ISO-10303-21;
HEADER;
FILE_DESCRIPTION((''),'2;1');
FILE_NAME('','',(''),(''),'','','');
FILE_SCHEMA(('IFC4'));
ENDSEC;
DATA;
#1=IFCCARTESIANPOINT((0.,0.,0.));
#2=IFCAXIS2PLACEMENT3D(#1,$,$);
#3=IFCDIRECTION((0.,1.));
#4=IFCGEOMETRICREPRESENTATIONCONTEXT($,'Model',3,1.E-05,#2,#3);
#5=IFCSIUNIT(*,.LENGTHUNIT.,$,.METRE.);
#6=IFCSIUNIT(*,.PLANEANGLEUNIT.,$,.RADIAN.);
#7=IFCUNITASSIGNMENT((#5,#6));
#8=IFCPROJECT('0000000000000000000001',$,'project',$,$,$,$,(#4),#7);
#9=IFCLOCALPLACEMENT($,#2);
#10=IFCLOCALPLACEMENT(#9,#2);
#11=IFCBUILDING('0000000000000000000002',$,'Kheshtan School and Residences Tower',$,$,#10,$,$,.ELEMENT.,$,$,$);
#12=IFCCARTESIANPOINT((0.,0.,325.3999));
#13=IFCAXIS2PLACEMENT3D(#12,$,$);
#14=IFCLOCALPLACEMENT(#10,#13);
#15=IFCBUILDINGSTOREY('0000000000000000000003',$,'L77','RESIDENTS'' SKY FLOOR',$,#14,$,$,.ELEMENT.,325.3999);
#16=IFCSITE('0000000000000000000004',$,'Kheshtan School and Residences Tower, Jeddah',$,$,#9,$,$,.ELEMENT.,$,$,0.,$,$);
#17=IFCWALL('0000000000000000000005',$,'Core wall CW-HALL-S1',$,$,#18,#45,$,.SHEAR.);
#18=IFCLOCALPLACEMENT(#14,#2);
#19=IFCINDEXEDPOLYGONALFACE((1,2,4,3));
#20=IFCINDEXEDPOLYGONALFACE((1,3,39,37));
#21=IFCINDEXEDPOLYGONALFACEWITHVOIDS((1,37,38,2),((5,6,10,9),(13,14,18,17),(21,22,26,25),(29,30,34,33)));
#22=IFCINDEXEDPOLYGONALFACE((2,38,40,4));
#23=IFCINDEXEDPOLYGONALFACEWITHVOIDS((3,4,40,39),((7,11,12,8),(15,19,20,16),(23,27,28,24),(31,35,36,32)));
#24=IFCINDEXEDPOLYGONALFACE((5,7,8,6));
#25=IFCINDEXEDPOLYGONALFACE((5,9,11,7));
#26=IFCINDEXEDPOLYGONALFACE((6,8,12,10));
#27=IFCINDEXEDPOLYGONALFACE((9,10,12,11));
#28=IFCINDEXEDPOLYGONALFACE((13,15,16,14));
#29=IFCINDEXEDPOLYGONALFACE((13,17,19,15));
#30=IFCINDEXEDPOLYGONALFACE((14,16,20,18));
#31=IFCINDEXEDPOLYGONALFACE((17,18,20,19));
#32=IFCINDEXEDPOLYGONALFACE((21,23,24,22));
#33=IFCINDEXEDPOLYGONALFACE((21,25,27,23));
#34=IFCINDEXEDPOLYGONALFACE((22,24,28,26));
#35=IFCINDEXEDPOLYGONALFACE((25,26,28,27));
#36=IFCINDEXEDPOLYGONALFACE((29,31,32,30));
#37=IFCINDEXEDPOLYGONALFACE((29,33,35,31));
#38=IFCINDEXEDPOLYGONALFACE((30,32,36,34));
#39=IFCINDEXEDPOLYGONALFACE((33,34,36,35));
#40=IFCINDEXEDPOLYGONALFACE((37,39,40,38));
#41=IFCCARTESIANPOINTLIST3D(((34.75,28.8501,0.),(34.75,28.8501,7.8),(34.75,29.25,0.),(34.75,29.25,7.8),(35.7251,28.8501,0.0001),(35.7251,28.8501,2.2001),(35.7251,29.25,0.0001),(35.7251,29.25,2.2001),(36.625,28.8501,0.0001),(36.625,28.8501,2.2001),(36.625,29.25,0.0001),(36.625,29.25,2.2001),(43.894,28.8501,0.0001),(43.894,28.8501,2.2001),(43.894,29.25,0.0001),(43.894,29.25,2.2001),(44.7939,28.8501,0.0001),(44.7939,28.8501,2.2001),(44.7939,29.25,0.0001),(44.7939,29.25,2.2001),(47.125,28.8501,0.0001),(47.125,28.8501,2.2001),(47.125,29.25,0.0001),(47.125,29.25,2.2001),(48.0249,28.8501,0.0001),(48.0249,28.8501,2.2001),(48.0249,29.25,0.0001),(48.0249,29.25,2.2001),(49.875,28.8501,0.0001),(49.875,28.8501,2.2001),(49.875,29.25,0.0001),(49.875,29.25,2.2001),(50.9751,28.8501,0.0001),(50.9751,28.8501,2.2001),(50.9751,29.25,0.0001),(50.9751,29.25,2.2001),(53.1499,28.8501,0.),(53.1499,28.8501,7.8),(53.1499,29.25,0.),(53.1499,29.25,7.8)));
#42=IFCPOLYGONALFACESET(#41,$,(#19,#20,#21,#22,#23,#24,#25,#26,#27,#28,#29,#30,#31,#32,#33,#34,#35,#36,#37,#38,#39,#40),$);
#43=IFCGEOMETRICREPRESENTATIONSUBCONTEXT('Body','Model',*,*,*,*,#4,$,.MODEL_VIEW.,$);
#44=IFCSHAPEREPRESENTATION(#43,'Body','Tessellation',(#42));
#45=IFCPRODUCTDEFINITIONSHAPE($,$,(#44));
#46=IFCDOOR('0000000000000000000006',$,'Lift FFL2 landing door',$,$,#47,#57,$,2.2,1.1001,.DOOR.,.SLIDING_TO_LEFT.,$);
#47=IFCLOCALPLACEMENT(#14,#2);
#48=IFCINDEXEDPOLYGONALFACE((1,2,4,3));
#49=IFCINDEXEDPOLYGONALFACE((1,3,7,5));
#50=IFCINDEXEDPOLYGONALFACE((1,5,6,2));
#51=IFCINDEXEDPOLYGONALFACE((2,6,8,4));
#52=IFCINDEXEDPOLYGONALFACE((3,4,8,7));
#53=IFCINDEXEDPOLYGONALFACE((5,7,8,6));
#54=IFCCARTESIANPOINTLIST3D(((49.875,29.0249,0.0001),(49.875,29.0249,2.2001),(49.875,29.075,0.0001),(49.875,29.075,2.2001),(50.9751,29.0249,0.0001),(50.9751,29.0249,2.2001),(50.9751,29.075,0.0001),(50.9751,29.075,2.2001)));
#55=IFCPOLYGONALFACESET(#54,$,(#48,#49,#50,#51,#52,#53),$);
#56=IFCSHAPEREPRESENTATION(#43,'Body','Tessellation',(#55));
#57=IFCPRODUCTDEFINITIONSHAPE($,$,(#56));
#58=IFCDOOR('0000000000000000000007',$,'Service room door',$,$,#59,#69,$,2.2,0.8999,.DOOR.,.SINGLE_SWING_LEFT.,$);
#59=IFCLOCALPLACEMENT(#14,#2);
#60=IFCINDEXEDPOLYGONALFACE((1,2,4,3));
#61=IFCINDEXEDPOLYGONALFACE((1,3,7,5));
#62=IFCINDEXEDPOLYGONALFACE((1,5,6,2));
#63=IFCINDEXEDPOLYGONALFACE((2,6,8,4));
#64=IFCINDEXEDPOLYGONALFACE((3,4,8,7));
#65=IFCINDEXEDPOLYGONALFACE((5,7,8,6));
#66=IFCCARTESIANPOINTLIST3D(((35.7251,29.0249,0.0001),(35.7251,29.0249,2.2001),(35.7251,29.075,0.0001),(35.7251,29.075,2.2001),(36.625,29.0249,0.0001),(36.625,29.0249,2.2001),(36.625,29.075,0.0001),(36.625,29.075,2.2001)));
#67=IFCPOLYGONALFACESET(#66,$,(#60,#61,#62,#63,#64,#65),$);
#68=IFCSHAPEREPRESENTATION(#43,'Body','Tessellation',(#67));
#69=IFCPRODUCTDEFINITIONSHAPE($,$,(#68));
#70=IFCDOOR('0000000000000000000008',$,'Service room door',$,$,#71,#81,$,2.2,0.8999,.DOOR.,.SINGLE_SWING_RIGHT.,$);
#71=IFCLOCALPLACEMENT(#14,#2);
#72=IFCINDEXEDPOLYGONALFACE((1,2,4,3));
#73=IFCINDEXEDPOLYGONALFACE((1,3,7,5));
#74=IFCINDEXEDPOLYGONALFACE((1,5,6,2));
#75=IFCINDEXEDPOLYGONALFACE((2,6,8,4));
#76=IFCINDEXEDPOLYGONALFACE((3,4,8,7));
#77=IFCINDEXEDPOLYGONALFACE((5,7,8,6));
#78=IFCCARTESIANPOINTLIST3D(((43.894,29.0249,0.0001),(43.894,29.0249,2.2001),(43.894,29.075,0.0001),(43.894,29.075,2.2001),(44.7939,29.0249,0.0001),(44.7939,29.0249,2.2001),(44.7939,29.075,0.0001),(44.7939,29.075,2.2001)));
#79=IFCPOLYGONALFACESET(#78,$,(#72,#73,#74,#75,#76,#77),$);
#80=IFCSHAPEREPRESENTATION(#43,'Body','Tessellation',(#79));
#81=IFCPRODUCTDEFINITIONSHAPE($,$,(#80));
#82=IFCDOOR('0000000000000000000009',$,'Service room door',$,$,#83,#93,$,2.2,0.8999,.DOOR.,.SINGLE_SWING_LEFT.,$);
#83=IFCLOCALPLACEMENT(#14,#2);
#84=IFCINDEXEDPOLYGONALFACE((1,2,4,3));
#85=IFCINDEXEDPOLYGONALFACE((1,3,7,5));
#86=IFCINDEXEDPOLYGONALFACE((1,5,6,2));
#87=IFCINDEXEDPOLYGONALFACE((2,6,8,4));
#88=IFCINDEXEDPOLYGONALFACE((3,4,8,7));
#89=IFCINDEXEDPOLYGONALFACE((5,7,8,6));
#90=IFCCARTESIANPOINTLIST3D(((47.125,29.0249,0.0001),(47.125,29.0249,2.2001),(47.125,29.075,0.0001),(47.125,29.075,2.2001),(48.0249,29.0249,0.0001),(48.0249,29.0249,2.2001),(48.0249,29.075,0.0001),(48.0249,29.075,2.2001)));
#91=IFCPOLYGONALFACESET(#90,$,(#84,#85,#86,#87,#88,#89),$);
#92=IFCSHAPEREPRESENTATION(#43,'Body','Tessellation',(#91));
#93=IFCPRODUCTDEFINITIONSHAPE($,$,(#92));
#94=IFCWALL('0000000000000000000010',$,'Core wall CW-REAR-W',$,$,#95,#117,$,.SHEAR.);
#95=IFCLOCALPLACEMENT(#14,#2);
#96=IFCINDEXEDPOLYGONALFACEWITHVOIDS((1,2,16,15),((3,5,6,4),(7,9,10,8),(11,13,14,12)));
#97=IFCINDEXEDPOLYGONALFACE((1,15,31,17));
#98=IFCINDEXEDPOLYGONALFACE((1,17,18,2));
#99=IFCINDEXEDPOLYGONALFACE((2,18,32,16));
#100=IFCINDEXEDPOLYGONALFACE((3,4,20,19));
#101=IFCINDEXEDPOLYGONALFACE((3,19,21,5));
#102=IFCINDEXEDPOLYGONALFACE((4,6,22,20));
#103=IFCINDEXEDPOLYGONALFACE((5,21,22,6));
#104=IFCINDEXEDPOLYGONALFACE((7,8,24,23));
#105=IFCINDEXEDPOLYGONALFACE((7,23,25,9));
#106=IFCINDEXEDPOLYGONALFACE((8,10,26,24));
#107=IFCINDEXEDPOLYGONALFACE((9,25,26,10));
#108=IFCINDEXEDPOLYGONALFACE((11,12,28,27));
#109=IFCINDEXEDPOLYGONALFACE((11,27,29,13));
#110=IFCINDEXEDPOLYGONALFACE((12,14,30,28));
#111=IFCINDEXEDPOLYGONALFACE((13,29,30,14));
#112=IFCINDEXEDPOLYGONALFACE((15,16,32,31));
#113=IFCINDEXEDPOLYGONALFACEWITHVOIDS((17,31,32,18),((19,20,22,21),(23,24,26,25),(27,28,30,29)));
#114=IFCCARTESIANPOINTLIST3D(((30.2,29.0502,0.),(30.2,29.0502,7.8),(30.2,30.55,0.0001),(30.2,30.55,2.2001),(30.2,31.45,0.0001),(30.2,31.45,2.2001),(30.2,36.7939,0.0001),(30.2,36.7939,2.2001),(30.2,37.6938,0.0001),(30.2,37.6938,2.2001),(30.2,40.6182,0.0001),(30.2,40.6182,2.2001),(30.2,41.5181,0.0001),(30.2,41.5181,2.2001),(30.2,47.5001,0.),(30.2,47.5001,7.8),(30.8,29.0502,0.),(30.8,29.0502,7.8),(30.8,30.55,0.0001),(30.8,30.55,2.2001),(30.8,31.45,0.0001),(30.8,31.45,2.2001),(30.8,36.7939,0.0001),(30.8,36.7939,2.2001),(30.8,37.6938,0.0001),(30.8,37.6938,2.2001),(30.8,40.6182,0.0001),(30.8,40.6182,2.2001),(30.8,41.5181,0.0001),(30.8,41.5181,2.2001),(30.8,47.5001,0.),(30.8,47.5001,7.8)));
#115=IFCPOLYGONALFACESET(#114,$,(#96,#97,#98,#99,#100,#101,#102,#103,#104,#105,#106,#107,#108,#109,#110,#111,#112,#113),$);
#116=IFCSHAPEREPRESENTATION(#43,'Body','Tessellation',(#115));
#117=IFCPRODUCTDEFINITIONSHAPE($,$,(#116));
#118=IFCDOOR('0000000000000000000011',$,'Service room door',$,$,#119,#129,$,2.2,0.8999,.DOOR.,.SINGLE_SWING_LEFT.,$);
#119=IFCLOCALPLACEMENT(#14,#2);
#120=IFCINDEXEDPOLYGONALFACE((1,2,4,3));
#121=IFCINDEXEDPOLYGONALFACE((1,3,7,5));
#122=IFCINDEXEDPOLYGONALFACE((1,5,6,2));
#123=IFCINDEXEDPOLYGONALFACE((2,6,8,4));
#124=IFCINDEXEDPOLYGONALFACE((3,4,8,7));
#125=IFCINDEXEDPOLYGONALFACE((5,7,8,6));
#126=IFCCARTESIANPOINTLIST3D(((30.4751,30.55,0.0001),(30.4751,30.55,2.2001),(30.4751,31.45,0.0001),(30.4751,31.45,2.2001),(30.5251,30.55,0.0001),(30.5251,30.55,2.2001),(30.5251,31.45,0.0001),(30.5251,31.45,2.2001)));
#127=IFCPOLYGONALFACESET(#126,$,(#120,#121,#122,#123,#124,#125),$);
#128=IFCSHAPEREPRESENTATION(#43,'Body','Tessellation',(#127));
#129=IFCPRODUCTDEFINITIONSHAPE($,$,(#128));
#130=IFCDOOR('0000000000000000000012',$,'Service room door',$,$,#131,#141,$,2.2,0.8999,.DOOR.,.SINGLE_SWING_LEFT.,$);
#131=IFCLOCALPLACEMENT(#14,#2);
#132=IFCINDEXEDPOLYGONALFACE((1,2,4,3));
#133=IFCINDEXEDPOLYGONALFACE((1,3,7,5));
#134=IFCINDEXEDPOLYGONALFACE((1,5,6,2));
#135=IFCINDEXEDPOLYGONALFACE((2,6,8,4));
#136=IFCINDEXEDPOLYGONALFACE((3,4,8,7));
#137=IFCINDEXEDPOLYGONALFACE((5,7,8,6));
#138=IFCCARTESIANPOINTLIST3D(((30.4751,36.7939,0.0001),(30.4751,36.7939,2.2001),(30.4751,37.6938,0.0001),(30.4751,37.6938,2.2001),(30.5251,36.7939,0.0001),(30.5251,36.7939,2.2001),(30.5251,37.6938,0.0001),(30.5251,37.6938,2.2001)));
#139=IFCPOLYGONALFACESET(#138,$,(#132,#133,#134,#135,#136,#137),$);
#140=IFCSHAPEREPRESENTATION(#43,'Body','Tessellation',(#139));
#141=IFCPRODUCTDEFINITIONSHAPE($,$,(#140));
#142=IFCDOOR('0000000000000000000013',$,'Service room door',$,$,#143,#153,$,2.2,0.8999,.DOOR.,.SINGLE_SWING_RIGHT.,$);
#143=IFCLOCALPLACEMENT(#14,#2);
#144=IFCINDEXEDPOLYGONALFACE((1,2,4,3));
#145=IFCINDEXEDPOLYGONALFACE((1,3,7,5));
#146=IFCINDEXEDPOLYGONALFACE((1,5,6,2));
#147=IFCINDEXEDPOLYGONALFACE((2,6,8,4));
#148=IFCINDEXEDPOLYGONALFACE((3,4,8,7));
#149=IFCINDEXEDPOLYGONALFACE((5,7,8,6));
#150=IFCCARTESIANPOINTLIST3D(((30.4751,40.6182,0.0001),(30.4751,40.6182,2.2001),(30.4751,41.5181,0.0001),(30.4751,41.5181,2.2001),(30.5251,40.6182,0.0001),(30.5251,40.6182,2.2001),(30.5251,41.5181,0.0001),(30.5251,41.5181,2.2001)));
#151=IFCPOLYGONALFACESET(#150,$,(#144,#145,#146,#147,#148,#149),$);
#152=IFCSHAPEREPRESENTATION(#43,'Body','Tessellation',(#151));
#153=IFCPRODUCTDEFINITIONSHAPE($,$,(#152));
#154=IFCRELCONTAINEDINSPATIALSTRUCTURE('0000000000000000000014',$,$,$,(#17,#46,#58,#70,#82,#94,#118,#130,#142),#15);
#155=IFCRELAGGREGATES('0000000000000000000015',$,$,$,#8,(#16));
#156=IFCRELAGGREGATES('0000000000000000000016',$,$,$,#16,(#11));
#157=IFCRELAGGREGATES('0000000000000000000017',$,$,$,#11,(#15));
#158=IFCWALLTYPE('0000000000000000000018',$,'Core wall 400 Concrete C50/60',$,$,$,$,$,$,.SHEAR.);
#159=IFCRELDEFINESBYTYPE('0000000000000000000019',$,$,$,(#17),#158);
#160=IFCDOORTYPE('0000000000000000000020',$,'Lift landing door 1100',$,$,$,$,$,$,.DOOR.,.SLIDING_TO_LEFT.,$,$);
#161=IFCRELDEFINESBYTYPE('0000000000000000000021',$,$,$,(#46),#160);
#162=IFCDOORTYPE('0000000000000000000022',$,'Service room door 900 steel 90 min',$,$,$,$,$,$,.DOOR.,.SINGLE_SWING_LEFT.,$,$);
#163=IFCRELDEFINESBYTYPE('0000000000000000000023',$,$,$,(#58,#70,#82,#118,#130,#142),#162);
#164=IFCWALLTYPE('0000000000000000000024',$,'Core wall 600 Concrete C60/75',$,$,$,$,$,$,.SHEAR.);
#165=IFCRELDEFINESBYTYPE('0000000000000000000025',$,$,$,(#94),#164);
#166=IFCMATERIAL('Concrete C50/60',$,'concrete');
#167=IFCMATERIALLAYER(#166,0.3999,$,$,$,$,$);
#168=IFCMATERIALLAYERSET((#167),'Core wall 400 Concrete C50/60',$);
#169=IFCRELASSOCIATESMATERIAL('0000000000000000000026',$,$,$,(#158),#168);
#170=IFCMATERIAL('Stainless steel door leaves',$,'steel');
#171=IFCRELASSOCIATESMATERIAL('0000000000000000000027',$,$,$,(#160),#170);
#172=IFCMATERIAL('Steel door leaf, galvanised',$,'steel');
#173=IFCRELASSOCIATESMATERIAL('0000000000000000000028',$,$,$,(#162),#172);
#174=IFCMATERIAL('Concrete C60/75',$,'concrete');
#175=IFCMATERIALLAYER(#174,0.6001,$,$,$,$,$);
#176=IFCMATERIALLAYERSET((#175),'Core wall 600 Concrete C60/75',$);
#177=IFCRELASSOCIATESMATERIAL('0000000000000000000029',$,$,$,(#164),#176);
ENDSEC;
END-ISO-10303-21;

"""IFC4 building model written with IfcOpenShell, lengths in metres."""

from ifc_helpers import new_model, si_unit, direction, frame, frame_2d, origin, place, context, subcontext, project, spatial, rectangle, extrude, source, transform, mapped, material, layer, layer_set, type_object, element, fill, save


model = new_model("IFC4")

# Units and contexts
model_context = context("Model", 3, precision=1e-05, world=origin(), true_north=direction((0.0, 1.0)))
body_context = subcontext(model_context, "Body", "Model", "MODEL_VIEW")
ifc_project = project(units=[si_unit("LENGTHUNIT", "METRE"), si_unit("PLANEANGLEUNIT", "RADIAN")], contexts=[model_context])

# Site, building, storey
site_placement = place(None, origin())
site = spatial("IfcSite", under=ifc_project, at=site_placement, Name="Kheshtan School and Residences Tower, Jeddah", CompositionType="ELEMENT", RefElevation=0.0)
building_placement = place(site_placement, origin())
building = spatial("IfcBuilding", under=site, at=building_placement, Name="Kheshtan School and Residences Tower", CompositionType="ELEMENT")
storey_placement = place(building_placement, frame((0.0, 0.0, 325.3999)))
storey = spatial("IfcBuildingStorey", under=building, at=storey_placement, Name="L77", Description="RESIDENTS' SKY FLOOR", CompositionType="ELEMENT", Elevation=325.3999)

# Walls, openings, doors
ifc_material_1 = material(Name="Concrete C50/60", Category="concrete")
ifc_layer_1 = layer(ifc_material_1, 0.3999)
ifc_layer_set_1 = layer_set([ifc_layer_1], Name="Core wall 400 Concrete C50/60")
wall_type_1 = type_object("IfcWallType", Name="Core wall 400 Concrete C50/60", PredefinedType="SHEAR", material=ifc_layer_set_1)
wall_1_placement = place(storey_placement, frame((34.75, 29.05, 0.0), z_axis=(0.0, 0.0, 1.0), x_axis=(1.0, 0.0, 0.0)))
wall_1 = element("IfcWall", 1, at=wall_1_placement, inside=storey, type_object=wall_type_1, Name="Core wall CW-HALL-S1", PredefinedType="SHEAR", context=body_context, shape_type="SweptSolid", body=[
    extrude(rectangle(XDim=18.3999, YDim=0.3999, at=frame_2d((9.2, 0.0))), origin(), (0.0, 0.0, 1.0), 7.8),
])
opening_1_placement = place(wall_1_placement, frame((15.125, 0.0, 0.0)))
opening_1 = element("IfcOpeningElement", 2, at=opening_1_placement, cuts=wall_1, PredefinedType="OPENING", context=body_context, shape_type="SweptSolid", body=[
    extrude(rectangle(XDim=1.1001, YDim=2.2, at=frame_2d((0.55, 1.1001))), frame((0.0, 0.21, 0.0), z_axis=(0.0, -1.0, 0.0), x_axis=(1.0, 0.0, 0.0)), (0.0, 0.0, 1.0), 0.4199),
])
opening_2_placement = place(wall_1_placement, frame((0.9751, 0.0, 0.0)))
opening_2 = element("IfcOpeningElement", 3, at=opening_2_placement, cuts=wall_1, PredefinedType="OPENING", context=body_context, shape_type="SweptSolid", body=[
    extrude(rectangle(XDim=0.8999, YDim=2.2, at=frame_2d((0.45, 1.1001))), frame((0.0, 0.21, 0.0), z_axis=(0.0, -1.0, 0.0), x_axis=(1.0, 0.0, 0.0)), (0.0, 0.0, 1.0), 0.4199),
])
opening_3_placement = place(wall_1_placement, frame((9.144, 0.0, 0.0)))
opening_3 = element("IfcOpeningElement", 4, at=opening_3_placement, cuts=wall_1, PredefinedType="OPENING", context=body_context, shape_type="SweptSolid", body=[
    extrude(rectangle(XDim=0.8999, YDim=2.2, at=frame_2d((0.45, 1.1001))), frame((0.0, 0.21, 0.0), z_axis=(0.0, -1.0, 0.0), x_axis=(1.0, 0.0, 0.0)), (0.0, 0.0, 1.0), 0.4199),
])
opening_4_placement = place(wall_1_placement, frame((12.375, 0.0, 0.0)))
opening_4 = element("IfcOpeningElement", 5, at=opening_4_placement, cuts=wall_1, PredefinedType="OPENING", context=body_context, shape_type="SweptSolid", body=[
    extrude(rectangle(XDim=0.8999, YDim=2.2, at=frame_2d((0.45, 1.1001))), frame((0.0, 0.21, 0.0), z_axis=(0.0, -1.0, 0.0), x_axis=(1.0, 0.0, 0.0)), (0.0, 0.0, 1.0), 0.4199),
])
ifc_material_2 = material(Name="Stainless steel door leaves", Category="steel")
door_type_1 = type_object("IfcDoorType", Name="Lift landing door 1100", OperationType="SLIDING_TO_LEFT", PredefinedType="DOOR", material=ifc_material_2)
shared_shape_1 = source(origin(), body_context, "Body", "SweptSolid", [
    extrude(rectangle(XDim=1.1001, YDim=2.2, at=frame_2d((0.55, 1.1001))), frame((0.0, 0.0249, 0.0), z_axis=(0.0, -1.0, 0.0), x_axis=(1.0, 0.0, 0.0)), (0.0, 0.0, 1.0), 0.05),
])
door_1_placement = place(opening_1_placement, origin())
door_1 = element("IfcDoor", 6, at=door_1_placement, inside=storey, type_object=door_type_1, Name="Lift FFL2 landing door", OperationType="SLIDING_TO_LEFT", OverallHeight=2.2, OverallWidth=1.1001, PredefinedType="DOOR", context=body_context, shape_type="MappedRepresentation", body=[
    mapped(shared_shape_1, transform((0.0, 0.0, 0.0), x_axis=(1.0, 0.0, 0.0), y_axis=(0.0, 1.0, 0.0), z_axis=(0.0, 0.0, 1.0), scale=1.0)),
])
fill(opening_1, door_1)
ifc_material_3 = material(Name="Steel door leaf, galvanised", Category="steel")
door_type_2 = type_object("IfcDoorType", Name="Service room door 900 steel 90 min", OperationType="SINGLE_SWING_LEFT", PredefinedType="DOOR", material=ifc_material_3)
shared_shape_2 = source(origin(), body_context, "Body", "SweptSolid", [
    extrude(rectangle(XDim=0.8999, YDim=2.2, at=frame_2d((0.45, 1.1001))), frame((0.0, 0.0249, 0.0), z_axis=(0.0, -1.0, 0.0), x_axis=(1.0, 0.0, 0.0)), (0.0, 0.0, 1.0), 0.05),
])
door_2_placement = place(opening_2_placement, origin())
door_2 = element("IfcDoor", 7, at=door_2_placement, inside=storey, type_object=door_type_2, Name="Service room door", OperationType="SINGLE_SWING_LEFT", OverallHeight=2.2, OverallWidth=0.8999, PredefinedType="DOOR", context=body_context, shape_type="MappedRepresentation", body=[
    mapped(shared_shape_2, transform((0.0, 0.0, 0.0), x_axis=(1.0, 0.0, 0.0), y_axis=(0.0, 1.0, 0.0), z_axis=(0.0, 0.0, 1.0), scale=1.0)),
])
fill(opening_2, door_2)
door_3_placement = place(opening_3_placement, origin())
door_3 = element("IfcDoor", 8, at=door_3_placement, inside=storey, type_object=door_type_2, Name="Service room door", OperationType="SINGLE_SWING_RIGHT", OverallHeight=2.2, OverallWidth=0.8999, PredefinedType="DOOR", context=body_context, shape_type="MappedRepresentation", body=[
    mapped(shared_shape_2, transform((0.0, 0.0, 0.0), x_axis=(1.0, 0.0, 0.0), y_axis=(0.0, 1.0, 0.0), z_axis=(0.0, 0.0, 1.0), scale=1.0)),
])
fill(opening_3, door_3)
door_4_placement = place(opening_4_placement, origin())
door_4 = element("IfcDoor", 9, at=door_4_placement, inside=storey, type_object=door_type_2, Name="Service room door", OperationType="SINGLE_SWING_LEFT", OverallHeight=2.2, OverallWidth=0.8999, PredefinedType="DOOR", context=body_context, shape_type="MappedRepresentation", body=[
    mapped(shared_shape_2, transform((0.0, 0.0, 0.0), x_axis=(1.0, 0.0, 0.0), y_axis=(0.0, 1.0, 0.0), z_axis=(0.0, 0.0, 1.0), scale=1.0)),
])
fill(opening_4, door_4)
ifc_material_4 = material(Name="Concrete C60/75", Category="concrete")
ifc_layer_2 = layer(ifc_material_4, 0.6001)
ifc_layer_set_2 = layer_set([ifc_layer_2], Name="Core wall 600 Concrete C60/75")
wall_type_2 = type_object("IfcWallType", Name="Core wall 600 Concrete C60/75", PredefinedType="SHEAR", material=ifc_layer_set_2)
wall_2_placement = place(storey_placement, frame((30.5, 29.05, 0.0), z_axis=(0.0, 0.0, 1.0), x_axis=(0.0, 1.0, 0.0)))
wall_2 = element("IfcWall", 10, at=wall_2_placement, inside=storey, type_object=wall_type_2, Name="Core wall CW-REAR-W", PredefinedType="SHEAR", context=body_context, shape_type="SweptSolid", body=[
    extrude(rectangle(XDim=18.45, YDim=0.6001, at=frame_2d((9.2251, 0.0))), origin(), (0.0, 0.0, 1.0), 7.8),
])
opening_5_placement = place(wall_2_placement, frame((1.5, 0.0, 0.0)))
opening_5 = element("IfcOpeningElement", 11, at=opening_5_placement, cuts=wall_2, PredefinedType="OPENING", context=body_context, shape_type="SweptSolid", body=[
    extrude(rectangle(XDim=0.8999, YDim=2.2, at=frame_2d((0.45, 1.1001))), frame((0.0, 0.3101, 0.0), z_axis=(0.0, -1.0, 0.0), x_axis=(1.0, 0.0, 0.0)), (0.0, 0.0, 1.0), 0.6201),
])
opening_6_placement = place(wall_2_placement, frame((7.7439, 0.0, 0.0)))
opening_6 = element("IfcOpeningElement", 12, at=opening_6_placement, cuts=wall_2, PredefinedType="OPENING", context=body_context, shape_type="SweptSolid", body=[
    extrude(rectangle(XDim=0.8999, YDim=2.2, at=frame_2d((0.45, 1.1001))), frame((0.0, 0.3101, 0.0), z_axis=(0.0, -1.0, 0.0), x_axis=(1.0, 0.0, 0.0)), (0.0, 0.0, 1.0), 0.6201),
])
opening_7_placement = place(wall_2_placement, frame((11.5681, 0.0, 0.0)))
opening_7 = element("IfcOpeningElement", 13, at=opening_7_placement, cuts=wall_2, PredefinedType="OPENING", context=body_context, shape_type="SweptSolid", body=[
    extrude(rectangle(XDim=0.8999, YDim=2.2, at=frame_2d((0.45, 1.1001))), frame((0.0, 0.3101, 0.0), z_axis=(0.0, -1.0, 0.0), x_axis=(1.0, 0.0, 0.0)), (0.0, 0.0, 1.0), 0.6201),
])
door_5_placement = place(opening_5_placement, origin())
door_5 = element("IfcDoor", 14, at=door_5_placement, inside=storey, type_object=door_type_2, Name="Service room door", OperationType="SINGLE_SWING_LEFT", OverallHeight=2.2, OverallWidth=0.8999, PredefinedType="DOOR", context=body_context, shape_type="MappedRepresentation", body=[
    mapped(shared_shape_2, transform((0.0, 0.0, 0.0), x_axis=(1.0, 0.0, 0.0), y_axis=(0.0, 1.0, 0.0), z_axis=(0.0, 0.0, 1.0), scale=1.0)),
])
fill(opening_5, door_5)
door_6_placement = place(opening_6_placement, origin())
door_6 = element("IfcDoor", 15, at=door_6_placement, inside=storey, type_object=door_type_2, Name="Service room door", OperationType="SINGLE_SWING_LEFT", OverallHeight=2.2, OverallWidth=0.8999, PredefinedType="DOOR", context=body_context, shape_type="MappedRepresentation", body=[
    mapped(shared_shape_2, transform((0.0, 0.0, 0.0), x_axis=(1.0, 0.0, 0.0), y_axis=(0.0, 1.0, 0.0), z_axis=(0.0, 0.0, 1.0), scale=1.0)),
])
fill(opening_6, door_6)
door_7_placement = place(opening_7_placement, origin())
door_7 = element("IfcDoor", 16, at=door_7_placement, inside=storey, type_object=door_type_2, Name="Service room door", OperationType="SINGLE_SWING_RIGHT", OverallHeight=2.2, OverallWidth=0.8999, PredefinedType="DOOR", context=body_context, shape_type="MappedRepresentation", body=[
    mapped(shared_shape_2, transform((0.0, 0.0, 0.0), x_axis=(1.0, 0.0, 0.0), y_axis=(0.0, 1.0, 0.0), z_axis=(0.0, 0.0, 1.0), scale=1.0)),
])
fill(opening_7, door_7)

save(model, "model.ifc")
